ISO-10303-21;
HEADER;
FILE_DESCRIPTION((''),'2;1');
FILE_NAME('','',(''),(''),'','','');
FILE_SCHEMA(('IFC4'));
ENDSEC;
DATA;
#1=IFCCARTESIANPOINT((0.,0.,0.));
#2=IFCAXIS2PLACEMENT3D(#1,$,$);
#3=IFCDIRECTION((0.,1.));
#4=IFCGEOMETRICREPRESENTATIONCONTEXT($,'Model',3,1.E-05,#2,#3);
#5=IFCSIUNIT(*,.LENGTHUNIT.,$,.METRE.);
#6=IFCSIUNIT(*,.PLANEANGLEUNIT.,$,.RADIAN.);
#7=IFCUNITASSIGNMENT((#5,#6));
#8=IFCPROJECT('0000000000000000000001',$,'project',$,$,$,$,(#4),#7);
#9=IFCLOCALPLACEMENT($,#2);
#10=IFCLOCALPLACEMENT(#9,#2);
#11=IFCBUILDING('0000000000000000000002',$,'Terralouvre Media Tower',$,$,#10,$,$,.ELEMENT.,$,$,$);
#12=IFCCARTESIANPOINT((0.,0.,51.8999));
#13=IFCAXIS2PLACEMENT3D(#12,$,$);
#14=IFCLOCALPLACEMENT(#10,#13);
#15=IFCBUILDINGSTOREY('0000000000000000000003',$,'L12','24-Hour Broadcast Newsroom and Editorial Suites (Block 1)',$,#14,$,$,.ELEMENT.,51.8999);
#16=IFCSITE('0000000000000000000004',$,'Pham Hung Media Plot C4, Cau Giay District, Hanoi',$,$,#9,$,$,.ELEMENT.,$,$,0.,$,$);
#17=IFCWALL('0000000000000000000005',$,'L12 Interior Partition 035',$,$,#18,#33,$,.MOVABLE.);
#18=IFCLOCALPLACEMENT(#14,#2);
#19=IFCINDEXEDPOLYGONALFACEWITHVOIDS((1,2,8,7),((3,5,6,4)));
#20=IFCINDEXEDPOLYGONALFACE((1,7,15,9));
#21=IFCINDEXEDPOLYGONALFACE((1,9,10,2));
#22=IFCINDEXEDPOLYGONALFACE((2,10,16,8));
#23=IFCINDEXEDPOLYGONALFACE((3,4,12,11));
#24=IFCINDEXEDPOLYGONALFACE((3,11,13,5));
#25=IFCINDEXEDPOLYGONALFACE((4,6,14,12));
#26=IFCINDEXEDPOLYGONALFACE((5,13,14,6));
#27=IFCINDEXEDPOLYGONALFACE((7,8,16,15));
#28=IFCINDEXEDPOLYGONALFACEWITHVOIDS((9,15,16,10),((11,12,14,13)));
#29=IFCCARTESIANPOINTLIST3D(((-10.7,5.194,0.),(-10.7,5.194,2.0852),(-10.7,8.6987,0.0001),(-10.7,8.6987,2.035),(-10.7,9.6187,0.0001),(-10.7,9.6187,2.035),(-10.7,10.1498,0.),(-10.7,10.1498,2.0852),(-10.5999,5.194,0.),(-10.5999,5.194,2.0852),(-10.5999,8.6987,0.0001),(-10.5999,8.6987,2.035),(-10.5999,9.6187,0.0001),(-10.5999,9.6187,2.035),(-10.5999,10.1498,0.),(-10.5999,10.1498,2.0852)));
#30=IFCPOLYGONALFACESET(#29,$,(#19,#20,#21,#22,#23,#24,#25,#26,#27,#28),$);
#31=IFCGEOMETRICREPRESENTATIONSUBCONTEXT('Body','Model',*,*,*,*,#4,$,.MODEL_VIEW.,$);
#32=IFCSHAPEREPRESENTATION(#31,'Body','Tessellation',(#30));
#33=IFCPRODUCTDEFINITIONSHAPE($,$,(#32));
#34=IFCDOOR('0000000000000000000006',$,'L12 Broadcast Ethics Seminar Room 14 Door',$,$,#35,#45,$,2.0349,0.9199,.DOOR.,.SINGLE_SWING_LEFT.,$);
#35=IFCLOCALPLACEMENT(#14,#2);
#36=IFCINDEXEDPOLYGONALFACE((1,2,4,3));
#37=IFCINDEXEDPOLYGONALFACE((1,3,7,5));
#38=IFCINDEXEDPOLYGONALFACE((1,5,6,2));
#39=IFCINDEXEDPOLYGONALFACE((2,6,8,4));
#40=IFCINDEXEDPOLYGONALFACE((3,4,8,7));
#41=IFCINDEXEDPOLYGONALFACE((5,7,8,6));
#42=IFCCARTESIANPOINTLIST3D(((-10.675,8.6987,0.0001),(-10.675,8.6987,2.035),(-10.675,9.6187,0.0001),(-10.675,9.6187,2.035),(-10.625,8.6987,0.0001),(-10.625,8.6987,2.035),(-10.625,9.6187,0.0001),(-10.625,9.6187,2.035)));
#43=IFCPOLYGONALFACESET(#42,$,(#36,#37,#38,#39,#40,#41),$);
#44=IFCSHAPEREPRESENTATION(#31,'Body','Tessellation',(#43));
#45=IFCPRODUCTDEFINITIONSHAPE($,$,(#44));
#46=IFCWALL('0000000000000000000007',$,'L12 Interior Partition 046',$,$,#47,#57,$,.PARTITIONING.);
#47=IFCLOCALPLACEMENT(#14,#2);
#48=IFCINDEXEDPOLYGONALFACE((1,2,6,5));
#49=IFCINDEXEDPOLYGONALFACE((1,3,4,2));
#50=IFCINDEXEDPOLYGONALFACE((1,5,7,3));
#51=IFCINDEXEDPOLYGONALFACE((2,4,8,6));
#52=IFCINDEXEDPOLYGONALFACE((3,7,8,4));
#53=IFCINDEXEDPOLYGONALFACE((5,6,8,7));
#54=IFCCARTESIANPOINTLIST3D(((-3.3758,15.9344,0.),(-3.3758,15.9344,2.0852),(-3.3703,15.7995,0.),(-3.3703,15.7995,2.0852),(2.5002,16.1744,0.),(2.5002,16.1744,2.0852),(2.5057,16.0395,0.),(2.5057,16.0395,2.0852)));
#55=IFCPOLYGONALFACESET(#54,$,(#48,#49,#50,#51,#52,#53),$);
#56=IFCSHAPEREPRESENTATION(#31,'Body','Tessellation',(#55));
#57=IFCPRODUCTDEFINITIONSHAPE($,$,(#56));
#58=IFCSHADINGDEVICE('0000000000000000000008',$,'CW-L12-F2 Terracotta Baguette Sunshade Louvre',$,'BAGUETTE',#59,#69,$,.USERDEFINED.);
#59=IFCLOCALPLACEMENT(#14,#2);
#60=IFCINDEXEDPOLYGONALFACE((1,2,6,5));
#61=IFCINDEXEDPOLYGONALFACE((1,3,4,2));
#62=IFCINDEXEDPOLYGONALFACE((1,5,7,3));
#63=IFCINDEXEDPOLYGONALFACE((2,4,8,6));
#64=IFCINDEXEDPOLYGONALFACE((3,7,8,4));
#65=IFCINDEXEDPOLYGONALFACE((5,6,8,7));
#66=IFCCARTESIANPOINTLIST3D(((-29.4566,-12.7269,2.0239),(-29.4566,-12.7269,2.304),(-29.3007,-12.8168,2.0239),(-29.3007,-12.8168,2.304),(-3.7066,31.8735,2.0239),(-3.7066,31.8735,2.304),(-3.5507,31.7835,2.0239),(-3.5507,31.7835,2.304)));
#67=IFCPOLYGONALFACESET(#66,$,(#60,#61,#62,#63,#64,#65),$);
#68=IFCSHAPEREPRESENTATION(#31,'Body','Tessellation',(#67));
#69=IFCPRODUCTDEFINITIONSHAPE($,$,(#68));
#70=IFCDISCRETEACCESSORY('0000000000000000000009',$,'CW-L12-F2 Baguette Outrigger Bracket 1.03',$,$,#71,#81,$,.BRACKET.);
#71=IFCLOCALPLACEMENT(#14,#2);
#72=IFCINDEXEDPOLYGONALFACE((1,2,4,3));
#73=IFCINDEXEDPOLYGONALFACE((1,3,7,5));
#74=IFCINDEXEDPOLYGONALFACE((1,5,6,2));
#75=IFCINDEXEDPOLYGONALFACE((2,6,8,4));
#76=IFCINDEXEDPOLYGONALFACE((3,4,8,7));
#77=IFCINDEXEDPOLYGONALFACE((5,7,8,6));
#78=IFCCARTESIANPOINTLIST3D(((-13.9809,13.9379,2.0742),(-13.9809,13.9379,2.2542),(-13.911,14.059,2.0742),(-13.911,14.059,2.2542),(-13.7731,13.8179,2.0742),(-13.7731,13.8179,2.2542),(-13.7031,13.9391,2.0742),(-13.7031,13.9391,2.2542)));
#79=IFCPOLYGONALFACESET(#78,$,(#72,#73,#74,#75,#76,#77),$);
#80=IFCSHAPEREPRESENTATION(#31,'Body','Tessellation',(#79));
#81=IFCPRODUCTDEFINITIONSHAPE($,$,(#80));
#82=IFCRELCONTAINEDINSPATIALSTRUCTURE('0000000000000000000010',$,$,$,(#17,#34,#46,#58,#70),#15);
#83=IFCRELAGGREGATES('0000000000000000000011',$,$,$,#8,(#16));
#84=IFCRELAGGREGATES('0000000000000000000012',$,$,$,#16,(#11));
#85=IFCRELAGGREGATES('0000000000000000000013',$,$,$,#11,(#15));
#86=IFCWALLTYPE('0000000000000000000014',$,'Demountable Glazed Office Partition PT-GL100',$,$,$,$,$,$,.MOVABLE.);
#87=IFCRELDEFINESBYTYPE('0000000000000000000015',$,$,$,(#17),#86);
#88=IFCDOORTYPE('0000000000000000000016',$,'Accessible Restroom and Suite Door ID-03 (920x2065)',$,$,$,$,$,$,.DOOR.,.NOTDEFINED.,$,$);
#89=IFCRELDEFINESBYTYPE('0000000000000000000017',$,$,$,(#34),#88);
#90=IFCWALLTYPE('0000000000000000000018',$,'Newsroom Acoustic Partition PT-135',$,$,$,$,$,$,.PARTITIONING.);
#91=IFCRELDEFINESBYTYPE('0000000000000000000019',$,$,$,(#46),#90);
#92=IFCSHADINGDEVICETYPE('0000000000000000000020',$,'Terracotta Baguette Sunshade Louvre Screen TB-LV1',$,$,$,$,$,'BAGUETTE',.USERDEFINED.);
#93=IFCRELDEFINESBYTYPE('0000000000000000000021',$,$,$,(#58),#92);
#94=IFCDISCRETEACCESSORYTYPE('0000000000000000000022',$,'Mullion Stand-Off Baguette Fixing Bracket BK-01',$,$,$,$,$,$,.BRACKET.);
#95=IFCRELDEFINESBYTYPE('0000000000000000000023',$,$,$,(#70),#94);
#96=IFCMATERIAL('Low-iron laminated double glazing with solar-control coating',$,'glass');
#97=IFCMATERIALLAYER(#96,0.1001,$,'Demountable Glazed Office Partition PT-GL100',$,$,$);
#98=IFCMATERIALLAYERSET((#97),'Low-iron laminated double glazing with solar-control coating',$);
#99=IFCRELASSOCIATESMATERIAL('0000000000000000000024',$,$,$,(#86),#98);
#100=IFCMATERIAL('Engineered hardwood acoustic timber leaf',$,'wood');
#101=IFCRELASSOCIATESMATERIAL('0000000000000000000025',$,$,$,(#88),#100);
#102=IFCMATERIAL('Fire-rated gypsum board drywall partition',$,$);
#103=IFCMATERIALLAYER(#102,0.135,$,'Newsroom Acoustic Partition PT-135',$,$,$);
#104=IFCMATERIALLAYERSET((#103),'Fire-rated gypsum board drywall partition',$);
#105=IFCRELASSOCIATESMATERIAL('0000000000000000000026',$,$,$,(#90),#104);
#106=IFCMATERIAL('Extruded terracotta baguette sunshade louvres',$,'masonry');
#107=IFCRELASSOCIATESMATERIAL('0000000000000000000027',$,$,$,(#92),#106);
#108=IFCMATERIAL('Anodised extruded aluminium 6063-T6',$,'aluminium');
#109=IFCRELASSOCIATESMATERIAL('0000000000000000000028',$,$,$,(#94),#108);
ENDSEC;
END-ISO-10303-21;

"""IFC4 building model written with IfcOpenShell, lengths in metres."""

from ifc_helpers import new_model, si_unit, direction, frame, frame_2d, origin, origin_2d, place, context, subcontext, project, spatial, rectangle, extrude, material, layer, layer_set, type_object, element, fill, save


model = new_model("IFC4")

# Units and contexts
model_context = context("Model", 3, precision=1e-05, world=origin(), true_north=direction((0.0, 1.0)))
body_context = subcontext(model_context, "Body", "Model", "MODEL_VIEW")
ifc_project = project(units=[si_unit("LENGTHUNIT", "METRE"), si_unit("PLANEANGLEUNIT", "RADIAN")], contexts=[model_context])

# Site, building, storey
site_placement = place(None, origin())
site = spatial("IfcSite", under=ifc_project, at=site_placement, Name="Pham Hung Media Plot C4, Cau Giay District, Hanoi", CompositionType="ELEMENT", RefElevation=0.0)
building_placement = place(site_placement, origin())
building = spatial("IfcBuilding", under=site, at=building_placement, Name="Terralouvre Media Tower", CompositionType="ELEMENT")
storey_placement = place(building_placement, frame((0.0, 0.0, 51.8999)))
storey = spatial("IfcBuildingStorey", under=building, at=storey_placement, Name="L12", Description="24-Hour Broadcast Newsroom and Editorial Suites (Block 1)", CompositionType="ELEMENT", Elevation=51.8999)

# Shared definitions
ifc_material_1 = material(Name="Low-iron laminated double glazing with solar-control coating", Category="glass")
ifc_layer_1 = layer(ifc_material_1, 0.1001, Name="Demountable Glazed Office Partition PT-GL100")
ifc_layer_set_1 = layer_set([ifc_layer_1], Name="Low-iron laminated double glazing with solar-control coating")
wall_type_1 = type_object("IfcWallType", Name="Demountable Glazed Office Partition PT-GL100", PredefinedType="MOVABLE", material=ifc_layer_set_1)

# Wall, opening, door
wall_1_placement = place(storey_placement, frame((-10.6499, 10.1499, 0.0), z_axis=(0.0, 0.0, 1.0), x_axis=(0.0, -1.0, 0.0)))
wall_1 = element("IfcWall", 1, at=wall_1_placement, inside=storey, type_object=wall_type_1, Name="L12 Interior Partition 035", PredefinedType="MOVABLE", context=body_context, shape_type="SweptSolid", body=[
    extrude(rectangle(XDim=4.9558, YDim=0.1001, at=frame_2d((2.478, 0.0))), origin(), (0.0, 0.0, 1.0), 2.0852),
])
opening_placement = place(wall_1_placement, frame((0.5312, 0.0, 0.0)))
opening = element("IfcOpeningElement", 2, at=opening_placement, cuts=wall_1, PredefinedType="OPENING", context=body_context, shape_type="SweptSolid", body=[
    extrude(rectangle(XDim=0.9199, YDim=2.0349, at=frame_2d((0.46, 1.0176))), frame((0.0, 0.0601, 0.0), z_axis=(0.0, -1.0, 0.0), x_axis=(1.0, 0.0, 0.0)), (0.0, 0.0, 1.0), 0.1201),
])
ifc_material_2 = material(Name="Engineered hardwood acoustic timber leaf", Category="wood")
door_type = type_object("IfcDoorType", Name="Accessible Restroom and Suite Door ID-03 (920x2065)", OperationType="NOTDEFINED", PredefinedType="DOOR", material=ifc_material_2)
door_placement = place(opening_placement, origin())
door = element("IfcDoor", 3, at=door_placement, inside=storey, type_object=door_type, Name="L12 Broadcast Ethics Seminar Room 14 Door", OperationType="SINGLE_SWING_LEFT", OverallHeight=2.0349, OverallWidth=0.9199, PredefinedType="DOOR", context=body_context, shape_type="SweptSolid", body=[
    extrude(rectangle(XDim=0.9199, YDim=2.0349, at=frame_2d((0.46, 1.0176))), frame((0.0, 0.0249, 0.0), z_axis=(0.0, -1.0, 0.0), x_axis=(1.0, 0.0, 0.0)), (0.0, 0.0, 1.0), 0.05),
])
fill(opening, door)

# Wall
ifc_material_3 = material(Name="Fire-rated gypsum board drywall partition")
ifc_layer_2 = layer(ifc_material_3, 0.135, Name="Newsroom Acoustic Partition PT-135")
ifc_layer_set_2 = layer_set([ifc_layer_2], Name="Fire-rated gypsum board drywall partition")
wall_type_2 = type_object("IfcWallType", Name="Newsroom Acoustic Partition PT-135", PredefinedType="PARTITIONING", material=ifc_layer_set_2)
wall_2_placement = place(storey_placement, frame((-3.373, 15.8669, 0.0), z_axis=(0.0, 0.0, 1.0), x_axis=(0.999167, 0.040809, 0.0)))
element("IfcWall", 4, at=wall_2_placement, inside=storey, type_object=wall_type_2, Name="L12 Interior Partition 046", PredefinedType="PARTITIONING", context=body_context, shape_type="SweptSolid", body=[
    extrude(rectangle(XDim=5.8809, YDim=0.135, at=frame_2d((2.9404, 0.0))), origin(), (0.0, 0.0, 1.0), 2.0852),
])

# Shading device
ifc_material_4 = material(Name="Extruded terracotta baguette sunshade louvres", Category="masonry")
shading_device_type = type_object("IfcShadingDeviceType", Name="Terracotta Baguette Sunshade Louvre Screen TB-LV1", ElementType="BAGUETTE", PredefinedType="USERDEFINED", material=ifc_material_4)
shading_device_placement = place(storey_placement, frame((-16.5037, 9.5283, 2.0239), z_axis=(0.0, 0.0, 1.0), x_axis=(-0.5, -0.866025, 0.0)))
element("IfcShadingDevice", 5, at=shading_device_placement, inside=storey, type_object=shading_device_type, Name="CW-L12-F2 Terracotta Baguette Sunshade Louvre", ObjectType="BAGUETTE", PredefinedType="USERDEFINED", context=body_context, shape_type="SweptSolid", body=[
    extrude(rectangle(XDim=51.5, YDim=0.1799, at=origin_2d()), origin(), (0.0, 0.0, 1.0), 0.28),
])

# Discrete accessory
ifc_material_5 = material(Name="Anodised extruded aluminium 6063-T6", Category="aluminium")
discrete_accessory_type = type_object("IfcDiscreteAccessoryType", Name="Mullion Stand-Off Baguette Fixing Bracket BK-01", PredefinedType="BRACKET", material=ifc_material_5)
discrete_accessory_placement = place(storey_placement, frame((-13.842, 13.9385, 2.0742), z_axis=(0.0, 0.0, 1.0), x_axis=(-0.5, -0.866025, 0.0)))
element("IfcDiscreteAccessory", 6, at=discrete_accessory_placement, inside=storey, type_object=discrete_accessory_type, Name="CW-L12-F2 Baguette Outrigger Bracket 1.03", PredefinedType="BRACKET", context=body_context, shape_type="SweptSolid", body=[
    extrude(rectangle(XDim=0.1399, YDim=0.24, at=origin_2d()), origin(), (0.0, 0.0, 1.0), 0.1799),
])

save(model, "model.ifc")
